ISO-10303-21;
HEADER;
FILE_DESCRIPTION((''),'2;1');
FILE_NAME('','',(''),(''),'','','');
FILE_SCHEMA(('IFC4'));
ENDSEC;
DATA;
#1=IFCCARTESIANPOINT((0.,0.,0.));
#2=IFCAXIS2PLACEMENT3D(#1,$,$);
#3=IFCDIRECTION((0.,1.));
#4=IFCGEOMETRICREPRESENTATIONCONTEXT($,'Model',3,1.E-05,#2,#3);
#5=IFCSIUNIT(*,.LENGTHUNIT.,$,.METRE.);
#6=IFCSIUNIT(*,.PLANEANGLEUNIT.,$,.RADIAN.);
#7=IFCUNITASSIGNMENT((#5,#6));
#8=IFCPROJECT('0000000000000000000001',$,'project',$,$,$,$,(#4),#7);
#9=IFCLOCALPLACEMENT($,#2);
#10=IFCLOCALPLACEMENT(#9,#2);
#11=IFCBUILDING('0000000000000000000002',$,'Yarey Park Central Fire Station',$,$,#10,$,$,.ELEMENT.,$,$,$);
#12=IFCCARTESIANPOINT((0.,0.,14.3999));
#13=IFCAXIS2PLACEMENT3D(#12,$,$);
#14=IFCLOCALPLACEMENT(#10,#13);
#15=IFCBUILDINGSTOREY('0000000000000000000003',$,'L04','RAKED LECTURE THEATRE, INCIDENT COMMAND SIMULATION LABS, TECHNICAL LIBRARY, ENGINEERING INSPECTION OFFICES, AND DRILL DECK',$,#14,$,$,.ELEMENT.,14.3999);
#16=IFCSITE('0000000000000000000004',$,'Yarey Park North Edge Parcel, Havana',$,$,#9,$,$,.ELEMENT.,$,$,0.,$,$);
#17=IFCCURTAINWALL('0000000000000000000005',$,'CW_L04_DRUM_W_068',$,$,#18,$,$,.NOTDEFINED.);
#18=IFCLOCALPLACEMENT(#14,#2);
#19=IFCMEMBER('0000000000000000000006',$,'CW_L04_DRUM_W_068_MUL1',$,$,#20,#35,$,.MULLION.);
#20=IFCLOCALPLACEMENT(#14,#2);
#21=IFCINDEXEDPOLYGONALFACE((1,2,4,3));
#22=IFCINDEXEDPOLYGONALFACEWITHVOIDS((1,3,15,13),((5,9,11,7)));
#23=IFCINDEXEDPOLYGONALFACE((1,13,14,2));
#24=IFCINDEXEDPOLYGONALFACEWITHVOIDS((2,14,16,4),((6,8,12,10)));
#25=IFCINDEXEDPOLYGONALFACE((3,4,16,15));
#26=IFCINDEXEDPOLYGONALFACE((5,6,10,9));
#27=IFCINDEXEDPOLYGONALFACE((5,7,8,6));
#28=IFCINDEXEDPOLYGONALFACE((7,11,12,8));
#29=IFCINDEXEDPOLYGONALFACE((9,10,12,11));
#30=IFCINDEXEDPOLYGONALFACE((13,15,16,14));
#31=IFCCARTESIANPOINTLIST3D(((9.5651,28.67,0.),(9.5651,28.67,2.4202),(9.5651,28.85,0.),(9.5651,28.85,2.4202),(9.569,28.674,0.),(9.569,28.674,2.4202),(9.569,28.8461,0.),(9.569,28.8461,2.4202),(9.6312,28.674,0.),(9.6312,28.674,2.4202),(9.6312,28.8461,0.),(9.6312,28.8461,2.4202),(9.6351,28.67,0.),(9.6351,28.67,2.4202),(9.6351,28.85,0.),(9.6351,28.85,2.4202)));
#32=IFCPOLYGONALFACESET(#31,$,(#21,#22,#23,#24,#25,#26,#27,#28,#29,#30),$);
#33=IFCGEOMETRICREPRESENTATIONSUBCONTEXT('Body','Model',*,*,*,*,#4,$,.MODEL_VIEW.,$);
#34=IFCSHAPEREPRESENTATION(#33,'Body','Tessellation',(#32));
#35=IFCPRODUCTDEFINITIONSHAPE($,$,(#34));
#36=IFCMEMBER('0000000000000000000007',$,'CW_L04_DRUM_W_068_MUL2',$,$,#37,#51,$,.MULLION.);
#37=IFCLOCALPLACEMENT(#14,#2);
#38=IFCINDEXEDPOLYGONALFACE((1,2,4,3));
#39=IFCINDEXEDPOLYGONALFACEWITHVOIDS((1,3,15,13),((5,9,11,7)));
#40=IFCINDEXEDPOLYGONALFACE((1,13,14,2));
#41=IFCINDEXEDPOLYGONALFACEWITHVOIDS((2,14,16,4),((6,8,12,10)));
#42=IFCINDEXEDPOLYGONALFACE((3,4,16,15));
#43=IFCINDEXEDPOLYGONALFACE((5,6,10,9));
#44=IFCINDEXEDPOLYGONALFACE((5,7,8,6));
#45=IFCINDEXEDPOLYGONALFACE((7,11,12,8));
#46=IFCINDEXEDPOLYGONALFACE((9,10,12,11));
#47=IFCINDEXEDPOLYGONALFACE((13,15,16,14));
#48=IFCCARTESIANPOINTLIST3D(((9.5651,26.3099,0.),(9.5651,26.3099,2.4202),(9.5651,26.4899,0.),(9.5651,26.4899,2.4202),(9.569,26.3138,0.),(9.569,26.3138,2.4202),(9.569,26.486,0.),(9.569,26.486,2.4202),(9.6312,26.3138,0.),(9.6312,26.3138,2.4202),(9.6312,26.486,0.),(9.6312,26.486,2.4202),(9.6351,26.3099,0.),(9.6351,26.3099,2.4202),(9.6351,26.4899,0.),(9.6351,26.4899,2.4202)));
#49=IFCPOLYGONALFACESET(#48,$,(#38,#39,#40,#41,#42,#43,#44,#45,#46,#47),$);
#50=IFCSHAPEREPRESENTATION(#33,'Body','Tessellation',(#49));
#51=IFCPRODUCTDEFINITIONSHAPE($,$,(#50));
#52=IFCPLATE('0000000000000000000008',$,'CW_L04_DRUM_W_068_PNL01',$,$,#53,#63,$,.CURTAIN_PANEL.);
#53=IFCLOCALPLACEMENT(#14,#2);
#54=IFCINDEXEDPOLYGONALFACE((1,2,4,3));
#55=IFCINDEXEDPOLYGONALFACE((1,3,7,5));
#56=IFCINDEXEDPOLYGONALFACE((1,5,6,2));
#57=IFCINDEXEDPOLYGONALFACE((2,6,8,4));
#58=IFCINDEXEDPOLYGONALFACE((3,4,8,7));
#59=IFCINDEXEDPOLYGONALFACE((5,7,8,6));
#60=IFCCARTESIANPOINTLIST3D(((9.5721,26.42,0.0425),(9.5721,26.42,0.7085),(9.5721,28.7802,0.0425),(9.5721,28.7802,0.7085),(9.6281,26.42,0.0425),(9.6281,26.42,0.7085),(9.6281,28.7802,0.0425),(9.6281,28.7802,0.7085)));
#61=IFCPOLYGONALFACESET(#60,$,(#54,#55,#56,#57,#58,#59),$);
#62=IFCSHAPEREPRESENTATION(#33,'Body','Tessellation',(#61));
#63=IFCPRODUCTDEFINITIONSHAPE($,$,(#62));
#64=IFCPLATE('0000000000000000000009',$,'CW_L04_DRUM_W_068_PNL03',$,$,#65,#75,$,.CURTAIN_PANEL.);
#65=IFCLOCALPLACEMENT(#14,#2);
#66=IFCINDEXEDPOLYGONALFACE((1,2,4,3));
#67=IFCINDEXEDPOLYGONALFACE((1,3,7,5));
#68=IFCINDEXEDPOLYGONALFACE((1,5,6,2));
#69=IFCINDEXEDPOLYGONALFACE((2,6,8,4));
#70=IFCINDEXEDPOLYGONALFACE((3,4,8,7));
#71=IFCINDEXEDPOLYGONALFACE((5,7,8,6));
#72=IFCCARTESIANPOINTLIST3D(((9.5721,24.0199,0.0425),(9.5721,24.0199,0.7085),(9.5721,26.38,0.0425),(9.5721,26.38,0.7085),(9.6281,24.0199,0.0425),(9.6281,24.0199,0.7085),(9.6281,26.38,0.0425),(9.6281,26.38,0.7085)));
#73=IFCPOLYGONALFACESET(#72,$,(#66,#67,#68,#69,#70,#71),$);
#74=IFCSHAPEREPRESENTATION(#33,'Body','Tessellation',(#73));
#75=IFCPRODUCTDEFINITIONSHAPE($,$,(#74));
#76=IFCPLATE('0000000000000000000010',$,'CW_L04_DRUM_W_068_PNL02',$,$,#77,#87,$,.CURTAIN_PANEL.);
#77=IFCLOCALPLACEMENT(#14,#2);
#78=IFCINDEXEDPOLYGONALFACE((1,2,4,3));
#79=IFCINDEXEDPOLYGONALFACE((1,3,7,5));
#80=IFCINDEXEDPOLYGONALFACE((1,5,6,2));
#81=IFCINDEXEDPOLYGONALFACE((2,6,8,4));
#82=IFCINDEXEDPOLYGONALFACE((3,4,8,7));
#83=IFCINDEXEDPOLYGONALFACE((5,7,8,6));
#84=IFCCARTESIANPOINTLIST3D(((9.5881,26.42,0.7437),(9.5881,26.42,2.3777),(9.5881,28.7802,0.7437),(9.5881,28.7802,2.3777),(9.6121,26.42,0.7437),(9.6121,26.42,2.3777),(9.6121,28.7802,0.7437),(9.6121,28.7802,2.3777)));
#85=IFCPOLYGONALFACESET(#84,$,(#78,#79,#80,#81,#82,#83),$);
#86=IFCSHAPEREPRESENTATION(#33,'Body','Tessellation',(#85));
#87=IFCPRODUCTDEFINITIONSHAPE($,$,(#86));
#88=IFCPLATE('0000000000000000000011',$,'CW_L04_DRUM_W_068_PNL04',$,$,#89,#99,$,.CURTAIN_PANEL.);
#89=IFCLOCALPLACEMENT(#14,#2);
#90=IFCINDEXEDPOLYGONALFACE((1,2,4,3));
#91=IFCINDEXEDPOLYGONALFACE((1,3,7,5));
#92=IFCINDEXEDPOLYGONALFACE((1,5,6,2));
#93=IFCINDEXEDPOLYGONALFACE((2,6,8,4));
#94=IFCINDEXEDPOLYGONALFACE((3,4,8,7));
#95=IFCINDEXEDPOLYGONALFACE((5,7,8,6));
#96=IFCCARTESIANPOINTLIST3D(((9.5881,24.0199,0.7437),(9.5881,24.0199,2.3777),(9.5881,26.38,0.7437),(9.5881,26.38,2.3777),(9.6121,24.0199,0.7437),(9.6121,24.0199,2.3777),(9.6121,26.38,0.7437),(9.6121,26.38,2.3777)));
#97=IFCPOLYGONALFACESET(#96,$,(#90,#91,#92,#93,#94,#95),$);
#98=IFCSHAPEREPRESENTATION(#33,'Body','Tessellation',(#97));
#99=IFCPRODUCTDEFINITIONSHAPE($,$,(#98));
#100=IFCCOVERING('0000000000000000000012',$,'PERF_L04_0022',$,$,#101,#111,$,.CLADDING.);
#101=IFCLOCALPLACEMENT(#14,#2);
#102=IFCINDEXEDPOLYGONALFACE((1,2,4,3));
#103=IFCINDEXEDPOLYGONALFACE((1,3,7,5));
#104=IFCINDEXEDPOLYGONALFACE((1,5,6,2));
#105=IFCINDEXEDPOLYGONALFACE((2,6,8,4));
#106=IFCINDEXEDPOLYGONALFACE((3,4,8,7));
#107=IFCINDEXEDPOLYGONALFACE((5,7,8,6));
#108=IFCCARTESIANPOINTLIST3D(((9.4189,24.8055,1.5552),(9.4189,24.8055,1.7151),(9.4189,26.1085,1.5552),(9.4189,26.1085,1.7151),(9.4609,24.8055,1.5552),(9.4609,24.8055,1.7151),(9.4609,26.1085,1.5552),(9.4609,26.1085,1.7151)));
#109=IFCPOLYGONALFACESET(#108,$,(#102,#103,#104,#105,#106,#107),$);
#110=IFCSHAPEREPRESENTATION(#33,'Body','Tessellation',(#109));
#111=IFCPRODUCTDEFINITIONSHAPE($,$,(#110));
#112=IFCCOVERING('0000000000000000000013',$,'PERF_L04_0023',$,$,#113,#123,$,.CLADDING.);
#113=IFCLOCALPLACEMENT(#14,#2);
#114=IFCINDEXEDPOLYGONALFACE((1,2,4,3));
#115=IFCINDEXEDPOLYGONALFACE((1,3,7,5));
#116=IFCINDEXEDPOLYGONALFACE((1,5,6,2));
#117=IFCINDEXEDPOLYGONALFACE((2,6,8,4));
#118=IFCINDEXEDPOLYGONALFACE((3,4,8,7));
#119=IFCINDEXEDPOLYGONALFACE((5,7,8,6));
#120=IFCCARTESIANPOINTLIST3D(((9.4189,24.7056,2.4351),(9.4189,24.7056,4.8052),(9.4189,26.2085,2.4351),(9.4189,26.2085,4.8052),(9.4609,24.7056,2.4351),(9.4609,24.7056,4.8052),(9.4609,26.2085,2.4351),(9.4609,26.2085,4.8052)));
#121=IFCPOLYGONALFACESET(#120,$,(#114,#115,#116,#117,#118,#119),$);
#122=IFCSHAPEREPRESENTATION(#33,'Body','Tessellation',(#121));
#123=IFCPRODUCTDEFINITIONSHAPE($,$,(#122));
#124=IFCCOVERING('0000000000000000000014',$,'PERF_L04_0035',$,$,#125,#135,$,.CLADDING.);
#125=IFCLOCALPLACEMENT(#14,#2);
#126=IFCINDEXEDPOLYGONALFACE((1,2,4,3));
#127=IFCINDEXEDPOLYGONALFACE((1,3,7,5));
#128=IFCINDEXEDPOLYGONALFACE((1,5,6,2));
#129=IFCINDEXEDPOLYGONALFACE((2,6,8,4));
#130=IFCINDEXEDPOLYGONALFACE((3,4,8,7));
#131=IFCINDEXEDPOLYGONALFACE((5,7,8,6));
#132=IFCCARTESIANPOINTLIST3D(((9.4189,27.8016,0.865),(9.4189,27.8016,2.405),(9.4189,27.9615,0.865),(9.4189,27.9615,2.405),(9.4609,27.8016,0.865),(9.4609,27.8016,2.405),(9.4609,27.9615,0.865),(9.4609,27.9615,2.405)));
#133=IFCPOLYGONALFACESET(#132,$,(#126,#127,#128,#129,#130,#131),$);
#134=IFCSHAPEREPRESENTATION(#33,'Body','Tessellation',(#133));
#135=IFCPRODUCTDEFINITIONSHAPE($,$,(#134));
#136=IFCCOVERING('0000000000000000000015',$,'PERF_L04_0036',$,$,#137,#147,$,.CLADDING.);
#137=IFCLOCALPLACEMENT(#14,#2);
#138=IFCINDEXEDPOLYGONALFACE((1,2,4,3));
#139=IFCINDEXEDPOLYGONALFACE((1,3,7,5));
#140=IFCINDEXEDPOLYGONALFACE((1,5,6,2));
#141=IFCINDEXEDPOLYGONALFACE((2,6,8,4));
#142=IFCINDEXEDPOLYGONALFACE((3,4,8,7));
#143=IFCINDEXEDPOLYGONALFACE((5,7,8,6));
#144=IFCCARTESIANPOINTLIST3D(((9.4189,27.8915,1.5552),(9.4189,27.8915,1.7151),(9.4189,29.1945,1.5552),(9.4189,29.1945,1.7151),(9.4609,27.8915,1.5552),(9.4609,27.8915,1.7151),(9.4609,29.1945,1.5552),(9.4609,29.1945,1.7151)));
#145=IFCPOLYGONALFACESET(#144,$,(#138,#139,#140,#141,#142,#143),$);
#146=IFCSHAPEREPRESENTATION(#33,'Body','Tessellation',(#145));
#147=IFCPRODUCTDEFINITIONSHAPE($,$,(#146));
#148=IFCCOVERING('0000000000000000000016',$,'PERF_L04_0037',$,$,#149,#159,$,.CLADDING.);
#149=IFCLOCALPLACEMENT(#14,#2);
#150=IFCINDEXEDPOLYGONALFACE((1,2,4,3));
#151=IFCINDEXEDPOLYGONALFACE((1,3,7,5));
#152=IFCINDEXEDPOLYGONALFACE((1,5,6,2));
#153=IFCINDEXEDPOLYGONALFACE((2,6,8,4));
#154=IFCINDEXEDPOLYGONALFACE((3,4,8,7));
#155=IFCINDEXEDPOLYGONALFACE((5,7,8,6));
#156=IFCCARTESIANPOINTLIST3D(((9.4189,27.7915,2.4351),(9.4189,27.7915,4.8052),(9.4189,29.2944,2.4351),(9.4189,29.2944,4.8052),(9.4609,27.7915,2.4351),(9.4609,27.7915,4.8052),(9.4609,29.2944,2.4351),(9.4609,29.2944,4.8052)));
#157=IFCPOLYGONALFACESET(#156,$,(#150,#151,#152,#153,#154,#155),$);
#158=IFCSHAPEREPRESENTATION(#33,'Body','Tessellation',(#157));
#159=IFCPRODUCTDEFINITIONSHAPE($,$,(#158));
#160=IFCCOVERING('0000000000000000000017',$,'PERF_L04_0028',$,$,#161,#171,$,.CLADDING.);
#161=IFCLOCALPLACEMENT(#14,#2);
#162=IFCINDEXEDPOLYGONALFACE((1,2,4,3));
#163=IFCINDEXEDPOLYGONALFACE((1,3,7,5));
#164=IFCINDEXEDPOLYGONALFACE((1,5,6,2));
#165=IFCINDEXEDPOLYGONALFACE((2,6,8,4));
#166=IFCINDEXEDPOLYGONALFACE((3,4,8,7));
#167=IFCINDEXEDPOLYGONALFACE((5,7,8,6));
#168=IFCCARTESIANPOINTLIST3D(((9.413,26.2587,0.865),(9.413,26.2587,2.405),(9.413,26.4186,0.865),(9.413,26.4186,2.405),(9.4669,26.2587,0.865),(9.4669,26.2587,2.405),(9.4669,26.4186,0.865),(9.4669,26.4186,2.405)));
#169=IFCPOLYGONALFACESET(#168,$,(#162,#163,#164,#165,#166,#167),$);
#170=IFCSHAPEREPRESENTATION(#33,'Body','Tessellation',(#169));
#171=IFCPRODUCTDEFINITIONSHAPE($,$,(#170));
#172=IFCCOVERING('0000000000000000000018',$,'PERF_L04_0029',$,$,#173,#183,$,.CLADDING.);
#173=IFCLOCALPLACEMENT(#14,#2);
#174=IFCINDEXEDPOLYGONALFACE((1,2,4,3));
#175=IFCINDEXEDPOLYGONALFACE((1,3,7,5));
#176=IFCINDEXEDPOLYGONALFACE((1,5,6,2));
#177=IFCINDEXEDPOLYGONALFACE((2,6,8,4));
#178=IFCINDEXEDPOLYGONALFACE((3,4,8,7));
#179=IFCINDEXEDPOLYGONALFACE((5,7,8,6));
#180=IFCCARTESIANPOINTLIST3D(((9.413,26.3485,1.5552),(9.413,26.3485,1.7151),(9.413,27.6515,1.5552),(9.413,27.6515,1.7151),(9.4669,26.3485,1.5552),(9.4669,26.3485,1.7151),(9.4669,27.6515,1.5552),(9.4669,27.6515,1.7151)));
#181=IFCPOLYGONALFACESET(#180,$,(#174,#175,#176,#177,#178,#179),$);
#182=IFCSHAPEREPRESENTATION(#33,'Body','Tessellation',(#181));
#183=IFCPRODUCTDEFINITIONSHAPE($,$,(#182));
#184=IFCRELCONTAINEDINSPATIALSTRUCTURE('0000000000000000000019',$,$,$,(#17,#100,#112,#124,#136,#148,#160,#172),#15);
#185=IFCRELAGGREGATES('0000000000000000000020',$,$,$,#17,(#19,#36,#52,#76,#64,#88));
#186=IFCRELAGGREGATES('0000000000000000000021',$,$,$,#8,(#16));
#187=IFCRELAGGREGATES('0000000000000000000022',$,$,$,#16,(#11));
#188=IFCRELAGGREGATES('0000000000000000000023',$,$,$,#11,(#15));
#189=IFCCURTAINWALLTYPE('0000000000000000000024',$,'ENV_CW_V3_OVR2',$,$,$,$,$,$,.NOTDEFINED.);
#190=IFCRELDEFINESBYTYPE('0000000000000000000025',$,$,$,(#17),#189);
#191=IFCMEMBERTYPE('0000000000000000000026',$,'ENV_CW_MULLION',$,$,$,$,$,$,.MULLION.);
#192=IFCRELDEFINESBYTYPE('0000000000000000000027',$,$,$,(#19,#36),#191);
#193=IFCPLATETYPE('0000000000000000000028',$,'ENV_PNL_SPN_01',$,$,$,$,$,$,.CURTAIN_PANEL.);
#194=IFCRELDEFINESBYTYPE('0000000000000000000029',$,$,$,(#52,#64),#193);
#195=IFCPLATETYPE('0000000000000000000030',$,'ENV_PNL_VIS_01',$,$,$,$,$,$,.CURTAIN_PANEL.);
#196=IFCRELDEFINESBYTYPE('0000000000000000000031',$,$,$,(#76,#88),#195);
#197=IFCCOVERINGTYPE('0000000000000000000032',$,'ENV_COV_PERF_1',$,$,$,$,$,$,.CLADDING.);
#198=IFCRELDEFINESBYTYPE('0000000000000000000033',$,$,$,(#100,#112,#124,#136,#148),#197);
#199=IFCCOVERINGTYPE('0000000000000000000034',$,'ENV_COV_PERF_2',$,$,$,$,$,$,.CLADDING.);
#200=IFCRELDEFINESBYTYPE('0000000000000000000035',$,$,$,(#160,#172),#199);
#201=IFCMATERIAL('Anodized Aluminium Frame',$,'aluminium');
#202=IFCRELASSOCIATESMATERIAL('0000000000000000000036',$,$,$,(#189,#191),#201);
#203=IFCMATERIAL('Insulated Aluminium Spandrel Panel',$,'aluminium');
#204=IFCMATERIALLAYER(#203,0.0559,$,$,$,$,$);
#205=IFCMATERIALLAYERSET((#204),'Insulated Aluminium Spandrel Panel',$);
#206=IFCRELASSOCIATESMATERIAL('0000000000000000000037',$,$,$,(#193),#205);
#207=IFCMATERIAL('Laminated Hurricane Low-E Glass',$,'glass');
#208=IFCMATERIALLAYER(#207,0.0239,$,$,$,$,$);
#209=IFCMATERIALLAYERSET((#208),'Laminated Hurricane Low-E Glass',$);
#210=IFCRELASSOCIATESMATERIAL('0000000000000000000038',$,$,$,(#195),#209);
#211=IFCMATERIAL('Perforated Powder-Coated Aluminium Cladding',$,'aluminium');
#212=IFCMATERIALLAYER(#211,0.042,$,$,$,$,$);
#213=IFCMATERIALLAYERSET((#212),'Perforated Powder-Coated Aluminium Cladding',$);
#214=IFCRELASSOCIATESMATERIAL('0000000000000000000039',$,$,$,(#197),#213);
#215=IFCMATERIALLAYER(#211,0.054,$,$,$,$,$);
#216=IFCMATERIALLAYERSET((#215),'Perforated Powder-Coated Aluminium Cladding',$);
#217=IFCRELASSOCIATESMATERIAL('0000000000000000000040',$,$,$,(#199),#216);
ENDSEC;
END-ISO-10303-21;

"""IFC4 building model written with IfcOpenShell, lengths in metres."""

from ifc_helpers import new_model, si_unit, direction, frame, origin, origin_2d, place, context, subcontext, project, spatial, rectangle, hollow_rectangle, extrude, material, layer, layer_set, material_profile, profile_set, type_object, element, aggregate, save


model = new_model("IFC4")

# Units and contexts
model_context = context("Model", 3, precision=1e-05, world=origin(), true_north=direction((0.0, 1.0)))
body_context = subcontext(model_context, "Body", "Model", "MODEL_VIEW")
ifc_project = project(units=[si_unit("LENGTHUNIT", "METRE"), si_unit("PLANEANGLEUNIT", "RADIAN")], contexts=[model_context])

# Site, building, storey
site_placement = place(None, origin())
site = spatial("IfcSite", under=ifc_project, at=site_placement, Name="Yarey Park North Edge Parcel, Havana", CompositionType="ELEMENT", RefElevation=0.0)
building_placement = place(site_placement, origin())
building = spatial("IfcBuilding", under=site, at=building_placement, Name="Yarey Park Central Fire Station", CompositionType="ELEMENT")
storey_placement = place(building_placement, frame((0.0, 0.0, 14.3999)))
storey = spatial("IfcBuildingStorey", under=building, at=storey_placement, Name="L04", Description="RAKED LECTURE THEATRE, INCIDENT COMMAND SIMULATION LABS, TECHNICAL LIBRARY, ENGINEERING INSPECTION OFFICES, AND DRILL DECK", CompositionType="ELEMENT", Elevation=14.3999)

# Curtain wall, members, plates
ifc_material_1 = material(Name="Anodized Aluminium Frame", Category="aluminium")
curtain_wall_type = type_object("IfcCurtainWallType", Name="ENV_CW_V3_OVR2", PredefinedType="NOTDEFINED", material=ifc_material_1)
curtain_wall_placement = place(storey_placement, origin())
curtain_wall = element("IfcCurtainWall", 1, at=curtain_wall_placement, inside=storey, type_object=curtain_wall_type, Name="CW_L04_DRUM_W_068", PredefinedType="NOTDEFINED")
ifc_material_profile = material_profile(ifc_material_1, hollow_rectangle(XDim=0.0701, YDim=0.1799, WallThickness=0.0039, at=origin_2d()), Name="ALU 180x70x4")
ifc_profile_set = profile_set([ifc_material_profile], Name="Anodized Aluminium Frame")
member_type = type_object("IfcMemberType", Name="ENV_CW_MULLION", PredefinedType="MULLION", material=ifc_profile_set)
member_1_placement = place(storey_placement, frame((9.6001, 28.76, 0.0), z_axis=(0.0, 0.0, 1.0), x_axis=(1.0, 0.0, 0.0)))
member_1 = element("IfcMember", 2, at=member_1_placement, type_object=member_type, Name="CW_L04_DRUM_W_068_MUL1", PredefinedType="MULLION", context=body_context, shape_type="SweptSolid", body=[
    extrude(hollow_rectangle(XDim=0.0701, YDim=0.1799, WallThickness=0.0039, at=origin_2d()), origin(), (0.0, 0.0, 1.0), 2.4202),
])
member_2_placement = place(storey_placement, frame((9.6001, 26.3999, 0.0), z_axis=(0.0, 0.0, 1.0), x_axis=(1.0, 0.0, 0.0)))
member_2 = element("IfcMember", 3, at=member_2_placement, type_object=member_type, Name="CW_L04_DRUM_W_068_MUL2", PredefinedType="MULLION", context=body_context, shape_type="SweptSolid", body=[
    extrude(hollow_rectangle(XDim=0.0701, YDim=0.1799, WallThickness=0.0039, at=origin_2d()), origin(), (0.0, 0.0, 1.0), 2.4202),
])
ifc_material_2 = material(Name="Insulated Aluminium Spandrel Panel", Category="aluminium")
ifc_layer_1 = layer(ifc_material_2, 0.0559)
ifc_layer_set_1 = layer_set([ifc_layer_1], Name="Insulated Aluminium Spandrel Panel")
plate_type_1 = type_object("IfcPlateType", Name="ENV_PNL_SPN_01", PredefinedType="CURTAIN_PANEL", material=ifc_layer_set_1)
plate_1_placement = place(storey_placement, frame((9.6001, 27.6001, 0.0425), z_axis=(0.0, 0.0, 1.0), x_axis=(0.0, -1.0, 0.0)))
plate_1 = element("IfcPlate", 4, at=plate_1_placement, type_object=plate_type_1, Name="CW_L04_DRUM_W_068_PNL01", PredefinedType="CURTAIN_PANEL", context=body_context, shape_type="SweptSolid", body=[
    extrude(rectangle(XDim=2.3601, YDim=0.0559, at=origin_2d()), origin(), (0.0, 0.0, 1.0), 0.666),
])
plate_2_placement = place(storey_placement, frame((9.6001, 25.2, 0.0425), z_axis=(0.0, 0.0, 1.0), x_axis=(0.0, -1.0, 0.0)))
plate_2 = element("IfcPlate", 5, at=plate_2_placement, type_object=plate_type_1, Name="CW_L04_DRUM_W_068_PNL03", PredefinedType="CURTAIN_PANEL", context=body_context, shape_type="SweptSolid", body=[
    extrude(rectangle(XDim=2.3601, YDim=0.0559, at=origin_2d()), origin(), (0.0, 0.0, 1.0), 0.666),
])
ifc_material_3 = material(Name="Laminated Hurricane Low-E Glass", Category="glass")
ifc_layer_2 = layer(ifc_material_3, 0.0239)
ifc_layer_set_2 = layer_set([ifc_layer_2], Name="Laminated Hurricane Low-E Glass")
plate_type_2 = type_object("IfcPlateType", Name="ENV_PNL_VIS_01", PredefinedType="CURTAIN_PANEL", material=ifc_layer_set_2)
plate_3_placement = place(storey_placement, frame((9.6001, 27.6001, 0.7437), z_axis=(0.0, 0.0, 1.0), x_axis=(0.0, -1.0, 0.0)))
plate_3 = element("IfcPlate", 6, at=plate_3_placement, type_object=plate_type_2, Name="CW_L04_DRUM_W_068_PNL02", PredefinedType="CURTAIN_PANEL", context=body_context, shape_type="SweptSolid", body=[
    extrude(rectangle(XDim=2.3601, YDim=0.0239, at=origin_2d()), origin(), (0.0, 0.0, 1.0), 1.634),
])
plate_4_placement = place(storey_placement, frame((9.6001, 25.2, 0.7437), z_axis=(0.0, 0.0, 1.0), x_axis=(0.0, -1.0, 0.0)))
plate_4 = element("IfcPlate", 7, at=plate_4_placement, type_object=plate_type_2, Name="CW_L04_DRUM_W_068_PNL04", PredefinedType="CURTAIN_PANEL", context=body_context, shape_type="SweptSolid", body=[
    extrude(rectangle(XDim=2.3601, YDim=0.0239, at=origin_2d()), origin(), (0.0, 0.0, 1.0), 1.634),
])
aggregate(curtain_wall, [member_1, member_2, plate_1, plate_3, plate_2, plate_4])

# Coverings
ifc_material_4 = material(Name="Perforated Powder-Coated Aluminium Cladding", Category="aluminium")
ifc_layer_3 = layer(ifc_material_4, 0.042)
ifc_layer_set_3 = layer_set([ifc_layer_3], Name="Perforated Powder-Coated Aluminium Cladding")
covering_type_1 = type_object("IfcCoveringType", Name="ENV_COV_PERF_1", PredefinedType="CLADDING", material=ifc_layer_set_3)
covering_1_placement = place(storey_placement, frame((9.4399, 25.457, 1.5552), z_axis=(0.0, 0.0, 1.0), x_axis=(0.0, 1.0, 0.0)))
element("IfcCovering", 8, at=covering_1_placement, inside=storey, type_object=covering_type_1, Name="PERF_L04_0022", PredefinedType="CLADDING", context=body_context, shape_type="SweptSolid", body=[
    extrude(rectangle(XDim=1.303, YDim=0.042, at=origin_2d()), origin(), (0.0, 0.0, 1.0), 0.1599),
])
covering_2_placement = place(storey_placement, frame((9.4399, 25.457, 2.4351), z_axis=(0.0, 0.0, 1.0), x_axis=(0.0, 1.0, 0.0)))
element("IfcCovering", 9, at=covering_2_placement, inside=storey, type_object=covering_type_1, Name="PERF_L04_0023", PredefinedType="CLADDING", context=body_context, shape_type="SweptSolid", body=[
    extrude(rectangle(XDim=1.5029, YDim=0.042, at=origin_2d()), origin(), (0.0, 0.0, 1.0), 2.3701),
])
covering_3_placement = place(storey_placement, frame((9.4399, 27.8816, 0.865), z_axis=(0.0, 0.0, 1.0), x_axis=(0.0, 1.0, 0.0)))
element("IfcCovering", 10, at=covering_3_placement, inside=storey, type_object=covering_type_1, Name="PERF_L04_0035", PredefinedType="CLADDING", context=body_context, shape_type="SweptSolid", body=[
    extrude(rectangle(XDim=0.1599, YDim=0.042, at=origin_2d()), origin(), (0.0, 0.0, 1.0), 1.54),
])
covering_4_placement = place(storey_placement, frame((9.4399, 28.543, 1.5552), z_axis=(0.0, 0.0, 1.0), x_axis=(0.0, 1.0, 0.0)))
element("IfcCovering", 11, at=covering_4_placement, inside=storey, type_object=covering_type_1, Name="PERF_L04_0036", PredefinedType="CLADDING", context=body_context, shape_type="SweptSolid", body=[
    extrude(rectangle(XDim=1.303, YDim=0.042, at=origin_2d()), origin(), (0.0, 0.0, 1.0), 0.1599),
])
covering_5_placement = place(storey_placement, frame((9.4399, 28.543, 2.4351), z_axis=(0.0, 0.0, 1.0), x_axis=(0.0, 1.0, 0.0)))
element("IfcCovering", 12, at=covering_5_placement, inside=storey, type_object=covering_type_1, Name="PERF_L04_0037", PredefinedType="CLADDING", context=body_context, shape_type="SweptSolid", body=[
    extrude(rectangle(XDim=1.5029, YDim=0.042, at=origin_2d()), origin(), (0.0, 0.0, 1.0), 2.3701),
])
ifc_layer_4 = layer(ifc_material_4, 0.054)
ifc_layer_set_4 = layer_set([ifc_layer_4], Name="Perforated Powder-Coated Aluminium Cladding")
covering_type_2 = type_object("IfcCoveringType", Name="ENV_COV_PERF_2", PredefinedType="CLADDING", material=ifc_layer_set_4)
covering_6_placement = place(storey_placement, frame((9.4399, 26.3386, 0.865), z_axis=(0.0, 0.0, 1.0), x_axis=(0.0, 1.0, 0.0)))
element("IfcCovering", 13, at=covering_6_placement, inside=storey, type_object=covering_type_2, Name="PERF_L04_0028", PredefinedType="CLADDING", context=body_context, shape_type="SweptSolid", body=[
    extrude(rectangle(XDim=0.1599, YDim=0.054, at=origin_2d()), origin(), (0.0, 0.0, 1.0), 1.54),
])
covering_7_placement = place(storey_placement, frame((9.4399, 27.0, 1.5552), z_axis=(0.0, 0.0, 1.0), x_axis=(0.0, 1.0, 0.0)))
element("IfcCovering", 14, at=covering_7_placement, inside=storey, type_object=covering_type_2, Name="PERF_L04_0029", PredefinedType="CLADDING", context=body_context, shape_type="SweptSolid", body=[
    extrude(rectangle(XDim=1.303, YDim=0.054, at=origin_2d()), origin(), (0.0, 0.0, 1.0), 0.1599),
])

save(model, "model.ifc")
